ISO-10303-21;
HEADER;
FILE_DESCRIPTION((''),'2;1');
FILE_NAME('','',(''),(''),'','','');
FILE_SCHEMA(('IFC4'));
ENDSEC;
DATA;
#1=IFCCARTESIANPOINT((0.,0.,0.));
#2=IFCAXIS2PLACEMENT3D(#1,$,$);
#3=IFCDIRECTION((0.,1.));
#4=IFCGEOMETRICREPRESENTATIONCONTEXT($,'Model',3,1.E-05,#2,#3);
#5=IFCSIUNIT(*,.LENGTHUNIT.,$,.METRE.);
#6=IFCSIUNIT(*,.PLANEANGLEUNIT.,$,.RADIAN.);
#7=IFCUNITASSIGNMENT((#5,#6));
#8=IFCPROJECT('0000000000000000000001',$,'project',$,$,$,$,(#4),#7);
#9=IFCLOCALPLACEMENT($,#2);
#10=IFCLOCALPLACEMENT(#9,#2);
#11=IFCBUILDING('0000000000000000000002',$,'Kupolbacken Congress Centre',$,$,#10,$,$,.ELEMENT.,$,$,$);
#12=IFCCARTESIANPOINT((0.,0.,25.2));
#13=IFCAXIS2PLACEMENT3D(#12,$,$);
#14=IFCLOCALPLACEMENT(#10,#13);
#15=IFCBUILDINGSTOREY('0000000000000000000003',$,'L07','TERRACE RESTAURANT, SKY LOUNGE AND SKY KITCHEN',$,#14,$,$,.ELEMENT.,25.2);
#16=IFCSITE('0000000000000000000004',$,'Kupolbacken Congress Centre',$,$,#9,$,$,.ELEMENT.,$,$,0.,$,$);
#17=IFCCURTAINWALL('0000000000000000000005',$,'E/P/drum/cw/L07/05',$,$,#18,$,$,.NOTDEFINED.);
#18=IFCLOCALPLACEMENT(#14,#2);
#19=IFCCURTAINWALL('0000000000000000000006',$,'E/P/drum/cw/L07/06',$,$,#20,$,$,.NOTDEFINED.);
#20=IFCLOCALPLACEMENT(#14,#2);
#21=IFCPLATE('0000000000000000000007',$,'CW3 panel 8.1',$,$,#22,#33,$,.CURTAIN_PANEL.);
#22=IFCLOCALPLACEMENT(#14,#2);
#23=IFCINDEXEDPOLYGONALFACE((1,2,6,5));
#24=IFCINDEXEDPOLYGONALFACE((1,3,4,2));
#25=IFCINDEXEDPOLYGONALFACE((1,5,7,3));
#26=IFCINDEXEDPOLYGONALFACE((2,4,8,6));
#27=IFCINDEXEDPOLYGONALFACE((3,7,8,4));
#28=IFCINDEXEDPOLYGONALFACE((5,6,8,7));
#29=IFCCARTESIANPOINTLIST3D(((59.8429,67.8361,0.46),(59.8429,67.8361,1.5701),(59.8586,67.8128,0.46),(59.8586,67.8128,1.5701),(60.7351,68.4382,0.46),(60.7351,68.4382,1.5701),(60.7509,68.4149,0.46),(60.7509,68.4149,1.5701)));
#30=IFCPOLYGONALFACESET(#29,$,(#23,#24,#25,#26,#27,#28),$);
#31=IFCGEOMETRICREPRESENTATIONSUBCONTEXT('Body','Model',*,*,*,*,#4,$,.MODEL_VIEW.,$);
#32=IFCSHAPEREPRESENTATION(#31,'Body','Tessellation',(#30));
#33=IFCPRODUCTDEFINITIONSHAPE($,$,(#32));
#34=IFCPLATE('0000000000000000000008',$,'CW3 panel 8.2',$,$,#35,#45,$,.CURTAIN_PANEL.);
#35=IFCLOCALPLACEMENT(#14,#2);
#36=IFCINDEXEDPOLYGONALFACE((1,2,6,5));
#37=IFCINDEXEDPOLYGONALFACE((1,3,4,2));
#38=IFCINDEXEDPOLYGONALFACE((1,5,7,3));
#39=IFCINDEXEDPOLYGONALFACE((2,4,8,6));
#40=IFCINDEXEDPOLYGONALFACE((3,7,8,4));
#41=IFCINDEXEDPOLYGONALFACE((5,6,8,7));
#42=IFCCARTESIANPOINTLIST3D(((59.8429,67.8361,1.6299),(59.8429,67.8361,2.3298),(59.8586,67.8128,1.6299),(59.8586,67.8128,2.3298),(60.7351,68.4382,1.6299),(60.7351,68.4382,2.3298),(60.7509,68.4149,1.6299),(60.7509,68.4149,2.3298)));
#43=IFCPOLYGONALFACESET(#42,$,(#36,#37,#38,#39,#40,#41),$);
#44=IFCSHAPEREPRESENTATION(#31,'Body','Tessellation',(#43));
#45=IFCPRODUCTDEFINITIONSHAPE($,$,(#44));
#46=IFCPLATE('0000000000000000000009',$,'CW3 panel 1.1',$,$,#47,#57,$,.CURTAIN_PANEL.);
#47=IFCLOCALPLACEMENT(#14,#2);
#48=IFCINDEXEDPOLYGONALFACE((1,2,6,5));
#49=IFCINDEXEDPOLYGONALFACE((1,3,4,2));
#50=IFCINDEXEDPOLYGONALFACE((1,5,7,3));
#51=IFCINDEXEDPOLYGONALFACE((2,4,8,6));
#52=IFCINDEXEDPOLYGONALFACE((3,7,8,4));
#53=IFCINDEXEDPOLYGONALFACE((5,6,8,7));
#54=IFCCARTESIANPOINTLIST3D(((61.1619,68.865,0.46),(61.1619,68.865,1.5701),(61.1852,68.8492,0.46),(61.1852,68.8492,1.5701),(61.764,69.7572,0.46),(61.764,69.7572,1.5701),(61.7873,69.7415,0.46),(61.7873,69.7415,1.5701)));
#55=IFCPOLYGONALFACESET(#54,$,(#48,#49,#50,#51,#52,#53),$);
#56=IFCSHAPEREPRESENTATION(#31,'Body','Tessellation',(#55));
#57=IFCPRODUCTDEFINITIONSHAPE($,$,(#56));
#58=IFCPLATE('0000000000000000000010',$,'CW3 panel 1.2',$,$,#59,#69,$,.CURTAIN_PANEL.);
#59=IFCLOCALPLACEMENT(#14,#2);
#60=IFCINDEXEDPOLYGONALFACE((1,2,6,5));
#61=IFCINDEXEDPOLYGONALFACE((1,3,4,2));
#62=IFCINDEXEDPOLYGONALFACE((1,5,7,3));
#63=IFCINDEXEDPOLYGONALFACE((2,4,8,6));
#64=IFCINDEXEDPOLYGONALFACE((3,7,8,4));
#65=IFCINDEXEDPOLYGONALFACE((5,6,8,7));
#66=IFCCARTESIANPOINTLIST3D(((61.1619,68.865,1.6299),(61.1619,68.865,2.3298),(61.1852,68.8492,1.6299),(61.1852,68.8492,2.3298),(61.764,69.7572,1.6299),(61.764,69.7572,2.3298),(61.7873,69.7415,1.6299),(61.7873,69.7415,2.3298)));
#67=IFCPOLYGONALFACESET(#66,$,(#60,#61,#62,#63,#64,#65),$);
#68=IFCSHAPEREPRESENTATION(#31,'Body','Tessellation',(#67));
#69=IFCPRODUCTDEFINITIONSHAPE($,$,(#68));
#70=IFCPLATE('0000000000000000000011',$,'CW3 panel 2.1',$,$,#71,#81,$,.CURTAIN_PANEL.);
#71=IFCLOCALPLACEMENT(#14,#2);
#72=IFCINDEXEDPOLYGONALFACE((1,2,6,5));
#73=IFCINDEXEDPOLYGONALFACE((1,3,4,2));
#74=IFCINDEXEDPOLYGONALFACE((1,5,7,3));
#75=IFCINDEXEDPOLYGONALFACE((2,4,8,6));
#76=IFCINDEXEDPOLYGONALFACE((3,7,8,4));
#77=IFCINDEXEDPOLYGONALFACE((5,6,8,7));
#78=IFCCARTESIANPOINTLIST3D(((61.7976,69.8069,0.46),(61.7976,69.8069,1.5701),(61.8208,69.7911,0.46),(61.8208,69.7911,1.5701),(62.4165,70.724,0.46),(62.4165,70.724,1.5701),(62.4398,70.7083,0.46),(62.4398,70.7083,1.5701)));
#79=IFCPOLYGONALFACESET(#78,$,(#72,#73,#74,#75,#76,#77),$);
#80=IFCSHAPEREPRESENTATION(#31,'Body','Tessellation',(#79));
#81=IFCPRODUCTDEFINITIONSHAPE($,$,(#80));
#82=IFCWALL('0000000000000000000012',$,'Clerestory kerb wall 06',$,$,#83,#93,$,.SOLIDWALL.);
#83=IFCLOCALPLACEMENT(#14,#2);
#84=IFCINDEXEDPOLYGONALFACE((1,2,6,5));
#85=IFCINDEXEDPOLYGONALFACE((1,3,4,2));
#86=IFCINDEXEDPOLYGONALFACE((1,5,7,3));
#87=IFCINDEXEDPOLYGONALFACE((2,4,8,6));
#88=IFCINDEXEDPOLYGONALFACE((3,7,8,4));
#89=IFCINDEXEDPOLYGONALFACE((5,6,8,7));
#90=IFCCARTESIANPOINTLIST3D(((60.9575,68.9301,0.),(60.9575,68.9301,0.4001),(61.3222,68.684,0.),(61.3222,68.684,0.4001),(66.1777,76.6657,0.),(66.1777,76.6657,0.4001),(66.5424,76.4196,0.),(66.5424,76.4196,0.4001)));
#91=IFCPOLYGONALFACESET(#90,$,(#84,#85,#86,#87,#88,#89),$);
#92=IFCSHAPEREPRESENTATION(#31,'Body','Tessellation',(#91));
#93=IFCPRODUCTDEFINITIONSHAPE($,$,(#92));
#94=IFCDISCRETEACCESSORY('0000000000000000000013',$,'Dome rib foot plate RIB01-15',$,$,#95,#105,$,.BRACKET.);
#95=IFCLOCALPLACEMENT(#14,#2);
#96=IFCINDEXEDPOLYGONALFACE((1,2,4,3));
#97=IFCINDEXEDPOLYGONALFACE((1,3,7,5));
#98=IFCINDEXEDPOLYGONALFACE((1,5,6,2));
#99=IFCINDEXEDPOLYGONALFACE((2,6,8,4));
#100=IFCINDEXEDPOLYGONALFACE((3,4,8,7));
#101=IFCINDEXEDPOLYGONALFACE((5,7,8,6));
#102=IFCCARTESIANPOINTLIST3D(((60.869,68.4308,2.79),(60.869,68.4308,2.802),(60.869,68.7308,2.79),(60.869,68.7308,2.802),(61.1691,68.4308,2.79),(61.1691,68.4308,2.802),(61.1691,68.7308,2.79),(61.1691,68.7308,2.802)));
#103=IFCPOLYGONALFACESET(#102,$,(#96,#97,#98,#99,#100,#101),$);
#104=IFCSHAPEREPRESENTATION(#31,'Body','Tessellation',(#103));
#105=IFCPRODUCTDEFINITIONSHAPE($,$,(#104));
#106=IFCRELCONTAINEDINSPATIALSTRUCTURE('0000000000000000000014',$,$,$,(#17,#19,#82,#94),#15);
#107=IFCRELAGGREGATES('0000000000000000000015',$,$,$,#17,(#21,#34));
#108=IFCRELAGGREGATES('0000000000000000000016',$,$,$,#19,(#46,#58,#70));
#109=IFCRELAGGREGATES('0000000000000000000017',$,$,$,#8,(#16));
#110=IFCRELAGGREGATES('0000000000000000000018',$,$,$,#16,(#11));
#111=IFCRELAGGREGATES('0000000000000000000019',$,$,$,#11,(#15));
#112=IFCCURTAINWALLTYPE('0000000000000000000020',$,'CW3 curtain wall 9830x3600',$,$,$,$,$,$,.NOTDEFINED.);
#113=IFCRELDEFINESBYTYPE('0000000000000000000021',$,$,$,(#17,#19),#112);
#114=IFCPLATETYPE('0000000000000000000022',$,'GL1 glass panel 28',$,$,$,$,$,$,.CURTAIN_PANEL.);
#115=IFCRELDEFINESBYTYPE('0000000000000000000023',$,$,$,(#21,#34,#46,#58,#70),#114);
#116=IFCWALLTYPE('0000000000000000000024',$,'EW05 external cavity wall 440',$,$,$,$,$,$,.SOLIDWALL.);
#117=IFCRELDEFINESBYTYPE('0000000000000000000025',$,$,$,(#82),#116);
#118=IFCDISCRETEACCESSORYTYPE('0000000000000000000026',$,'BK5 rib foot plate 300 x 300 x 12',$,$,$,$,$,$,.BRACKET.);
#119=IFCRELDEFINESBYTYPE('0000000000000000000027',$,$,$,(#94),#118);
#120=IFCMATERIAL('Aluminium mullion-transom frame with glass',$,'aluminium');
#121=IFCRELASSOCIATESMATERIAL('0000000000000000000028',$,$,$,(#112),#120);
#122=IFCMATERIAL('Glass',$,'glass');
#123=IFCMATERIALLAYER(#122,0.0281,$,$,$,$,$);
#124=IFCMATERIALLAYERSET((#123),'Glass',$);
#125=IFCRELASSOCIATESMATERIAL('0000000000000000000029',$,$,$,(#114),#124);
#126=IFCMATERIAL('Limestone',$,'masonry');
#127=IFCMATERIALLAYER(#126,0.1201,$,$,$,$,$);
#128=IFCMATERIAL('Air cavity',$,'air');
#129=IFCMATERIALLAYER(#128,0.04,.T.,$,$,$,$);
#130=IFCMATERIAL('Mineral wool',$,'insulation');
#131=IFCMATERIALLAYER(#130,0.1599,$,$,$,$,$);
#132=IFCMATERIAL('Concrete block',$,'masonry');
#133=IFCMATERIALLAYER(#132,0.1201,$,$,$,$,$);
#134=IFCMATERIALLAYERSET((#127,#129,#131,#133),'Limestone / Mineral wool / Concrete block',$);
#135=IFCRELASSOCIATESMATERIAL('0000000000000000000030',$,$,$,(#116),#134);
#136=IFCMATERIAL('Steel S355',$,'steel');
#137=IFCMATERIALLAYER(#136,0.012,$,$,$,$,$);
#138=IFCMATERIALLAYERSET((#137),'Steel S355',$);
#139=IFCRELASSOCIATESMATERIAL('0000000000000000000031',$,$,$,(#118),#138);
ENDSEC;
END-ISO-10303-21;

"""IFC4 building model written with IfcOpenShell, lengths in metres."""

from ifc_helpers import new_model, si_unit, direction, frame, frame_2d, origin, origin_2d, place, context, subcontext, project, spatial, rectangle, extrude, material, layer, layer_set, type_object, element, aggregate, save


model = new_model("IFC4")

# Units and contexts
model_context = context("Model", 3, precision=1e-05, world=origin(), true_north=direction((0.0, 1.0)))
body_context = subcontext(model_context, "Body", "Model", "MODEL_VIEW")
ifc_project = project(units=[si_unit("LENGTHUNIT", "METRE"), si_unit("PLANEANGLEUNIT", "RADIAN")], contexts=[model_context])

# Site, building, storey
site_placement = place(None, origin())
site = spatial("IfcSite", under=ifc_project, at=site_placement, Name="Kupolbacken Congress Centre", CompositionType="ELEMENT", RefElevation=0.0)
building_placement = place(site_placement, origin())
building = spatial("IfcBuilding", under=site, at=building_placement, Name="Kupolbacken Congress Centre", CompositionType="ELEMENT")
storey_placement = place(building_placement, frame((0.0, 0.0, 25.2)))
storey = spatial("IfcBuildingStorey", under=building, at=storey_placement, Name="L07", Description="TERRACE RESTAURANT, SKY LOUNGE AND SKY KITCHEN", CompositionType="ELEMENT", Elevation=25.2)

# Curtain walls
ifc_material_1 = material(Name="Aluminium mullion-transom frame with glass", Category="aluminium")
curtain_wall_type = type_object("IfcCurtainWallType", Name="CW3 curtain wall 9830x3600", PredefinedType="NOTDEFINED", material=ifc_material_1)
curtain_wall_1_placement = place(storey_placement, origin())
curtain_wall_1 = element("IfcCurtainWall", 1, at=curtain_wall_1_placement, inside=storey, type_object=curtain_wall_type, Name="E/P/drum/cw/L07/05", PredefinedType="NOTDEFINED")
curtain_wall_2_placement = place(storey_placement, origin())
curtain_wall_2 = element("IfcCurtainWall", 2, at=curtain_wall_2_placement, inside=storey, type_object=curtain_wall_type, Name="E/P/drum/cw/L07/06", PredefinedType="NOTDEFINED")

# Plates
ifc_material_2 = material(Name="Glass", Category="glass")
ifc_layer_1 = layer(ifc_material_2, 0.0281)
ifc_layer_set_1 = layer_set([ifc_layer_1], Name="Glass")
plate_type = type_object("IfcPlateType", Name="GL1 glass panel 28", PredefinedType="CURTAIN_PANEL", material=ifc_layer_set_1)
plate_1_placement = place(storey_placement, frame((60.2969, 68.1255, 0.46), z_axis=(0.0, 0.0, 1.0), x_axis=(0.828908, 0.559386, 0.0)))
plate_1 = element("IfcPlate", 3, at=plate_1_placement, type_object=plate_type, Name="CW3 panel 8.1", PredefinedType="CURTAIN_PANEL", context=body_context, shape_type="SweptSolid", body=[
    extrude(rectangle(XDim=1.0764, YDim=0.0281, at=origin_2d()), origin(), (0.0, 0.0, 1.0), 1.1101),
])
plate_2_placement = place(storey_placement, frame((60.2969, 68.1255, 1.6299), z_axis=(0.0, 0.0, 1.0), x_axis=(0.828908, 0.559386, 0.0)))
plate_2 = element("IfcPlate", 4, at=plate_2_placement, type_object=plate_type, Name="CW3 panel 8.2", PredefinedType="CURTAIN_PANEL", context=body_context, shape_type="SweptSolid", body=[
    extrude(rectangle(XDim=1.0764, YDim=0.0281, at=origin_2d()), origin(), (0.0, 0.0, 1.0), 0.7),
])
aggregate(curtain_wall_1, [plate_1, plate_2])
plate_3_placement = place(storey_placement, frame((61.4746, 69.3032, 0.46), z_axis=(0.0, 0.0, 1.0), x_axis=(0.559386, 0.828908, 0.0)))
plate_3 = element("IfcPlate", 5, at=plate_3_placement, type_object=plate_type, Name="CW3 panel 1.1", PredefinedType="CURTAIN_PANEL", context=body_context, shape_type="SweptSolid", body=[
    extrude(rectangle(XDim=1.0764, YDim=0.0281, at=origin_2d()), origin(), (0.0, 0.0, 1.0), 1.1101),
])
plate_4_placement = place(storey_placement, frame((61.4746, 69.3032, 1.6299), z_axis=(0.0, 0.0, 1.0), x_axis=(0.559386, 0.828908, 0.0)))
plate_4 = element("IfcPlate", 6, at=plate_4_placement, type_object=plate_type, Name="CW3 panel 1.2", PredefinedType="CURTAIN_PANEL", context=body_context, shape_type="SweptSolid", body=[
    extrude(rectangle(XDim=1.0764, YDim=0.0281, at=origin_2d()), origin(), (0.0, 0.0, 1.0), 0.7),
])
plate_5_placement = place(storey_placement, frame((62.1187, 70.2576, 0.46), z_axis=(0.0, 0.0, 1.0), x_axis=(0.559386, 0.828908, 0.0)))
plate_5 = element("IfcPlate", 7, at=plate_5_placement, type_object=plate_type, Name="CW3 panel 2.1", PredefinedType="CURTAIN_PANEL", context=body_context, shape_type="SweptSolid", body=[
    extrude(rectangle(XDim=1.1064, YDim=0.0281, at=origin_2d()), origin(), (0.0, 0.0, 1.0), 1.1101),
])
aggregate(curtain_wall_2, [plate_3, plate_4, plate_5])

# Wall
ifc_material_3 = material(Name="Limestone", Category="masonry")
ifc_layer_2 = layer(ifc_material_3, 0.1201)
ifc_material_4 = material(Name="Air cavity", Category="air")
ifc_layer_3 = layer(ifc_material_4, 0.04, ventilated=True)
ifc_material_5 = material(Name="Mineral wool", Category="insulation")
ifc_layer_4 = layer(ifc_material_5, 0.1599)
ifc_material_6 = material(Name="Concrete block", Category="masonry")
ifc_layer_5 = layer(ifc_material_6, 0.1201)
ifc_layer_set_2 = layer_set([ifc_layer_2, ifc_layer_3, ifc_layer_4, ifc_layer_5], Name="Limestone / Mineral wool / Concrete block")
wall_type = type_object("IfcWallType", Name="EW05 external cavity wall 440", PredefinedType="SOLIDWALL", material=ifc_layer_set_2)
wall_placement = place(storey_placement, frame((61.1399, 68.8071, 0.0), z_axis=(0.0, 0.0, 1.0), x_axis=(0.559376, 0.828914, 0.0)))
element("IfcWall", 8, at=wall_placement, inside=storey, type_object=wall_type, Name="Clerestory kerb wall 06", PredefinedType="SOLIDWALL", context=body_context, shape_type="SweptSolid", body=[
    extrude(rectangle(XDim=9.3323, YDim=0.4399, at=frame_2d((4.666, 0.0))), origin(), (0.0, 0.0, 1.0), 0.4001),
])

# Discrete accessory
ifc_material_7 = material(Name="Steel S355", Category="steel")
ifc_layer_6 = layer(ifc_material_7, 0.012)
ifc_layer_set_3 = layer_set([ifc_layer_6], Name="Steel S355")
discrete_accessory_type = type_object("IfcDiscreteAccessoryType", Name="BK5 rib foot plate 300 x 300 x 12", PredefinedType="BRACKET", material=ifc_layer_set_3)
discrete_accessory_placement = place(storey_placement, frame((61.019, 68.5808, 2.79), z_axis=(0.0, 0.0, 1.0), x_axis=(1.0, 0.0, 0.0)))
element("IfcDiscreteAccessory", 9, at=discrete_accessory_placement, inside=storey, type_object=discrete_accessory_type, Name="Dome rib foot plate RIB01-15", PredefinedType="BRACKET", context=body_context, shape_type="SweptSolid", body=[
    extrude(rectangle(XDim=0.3, YDim=0.3, at=origin_2d()), origin(), (0.0, 0.0, 1.0), 0.012),
])

save(model, "model.ifc")
